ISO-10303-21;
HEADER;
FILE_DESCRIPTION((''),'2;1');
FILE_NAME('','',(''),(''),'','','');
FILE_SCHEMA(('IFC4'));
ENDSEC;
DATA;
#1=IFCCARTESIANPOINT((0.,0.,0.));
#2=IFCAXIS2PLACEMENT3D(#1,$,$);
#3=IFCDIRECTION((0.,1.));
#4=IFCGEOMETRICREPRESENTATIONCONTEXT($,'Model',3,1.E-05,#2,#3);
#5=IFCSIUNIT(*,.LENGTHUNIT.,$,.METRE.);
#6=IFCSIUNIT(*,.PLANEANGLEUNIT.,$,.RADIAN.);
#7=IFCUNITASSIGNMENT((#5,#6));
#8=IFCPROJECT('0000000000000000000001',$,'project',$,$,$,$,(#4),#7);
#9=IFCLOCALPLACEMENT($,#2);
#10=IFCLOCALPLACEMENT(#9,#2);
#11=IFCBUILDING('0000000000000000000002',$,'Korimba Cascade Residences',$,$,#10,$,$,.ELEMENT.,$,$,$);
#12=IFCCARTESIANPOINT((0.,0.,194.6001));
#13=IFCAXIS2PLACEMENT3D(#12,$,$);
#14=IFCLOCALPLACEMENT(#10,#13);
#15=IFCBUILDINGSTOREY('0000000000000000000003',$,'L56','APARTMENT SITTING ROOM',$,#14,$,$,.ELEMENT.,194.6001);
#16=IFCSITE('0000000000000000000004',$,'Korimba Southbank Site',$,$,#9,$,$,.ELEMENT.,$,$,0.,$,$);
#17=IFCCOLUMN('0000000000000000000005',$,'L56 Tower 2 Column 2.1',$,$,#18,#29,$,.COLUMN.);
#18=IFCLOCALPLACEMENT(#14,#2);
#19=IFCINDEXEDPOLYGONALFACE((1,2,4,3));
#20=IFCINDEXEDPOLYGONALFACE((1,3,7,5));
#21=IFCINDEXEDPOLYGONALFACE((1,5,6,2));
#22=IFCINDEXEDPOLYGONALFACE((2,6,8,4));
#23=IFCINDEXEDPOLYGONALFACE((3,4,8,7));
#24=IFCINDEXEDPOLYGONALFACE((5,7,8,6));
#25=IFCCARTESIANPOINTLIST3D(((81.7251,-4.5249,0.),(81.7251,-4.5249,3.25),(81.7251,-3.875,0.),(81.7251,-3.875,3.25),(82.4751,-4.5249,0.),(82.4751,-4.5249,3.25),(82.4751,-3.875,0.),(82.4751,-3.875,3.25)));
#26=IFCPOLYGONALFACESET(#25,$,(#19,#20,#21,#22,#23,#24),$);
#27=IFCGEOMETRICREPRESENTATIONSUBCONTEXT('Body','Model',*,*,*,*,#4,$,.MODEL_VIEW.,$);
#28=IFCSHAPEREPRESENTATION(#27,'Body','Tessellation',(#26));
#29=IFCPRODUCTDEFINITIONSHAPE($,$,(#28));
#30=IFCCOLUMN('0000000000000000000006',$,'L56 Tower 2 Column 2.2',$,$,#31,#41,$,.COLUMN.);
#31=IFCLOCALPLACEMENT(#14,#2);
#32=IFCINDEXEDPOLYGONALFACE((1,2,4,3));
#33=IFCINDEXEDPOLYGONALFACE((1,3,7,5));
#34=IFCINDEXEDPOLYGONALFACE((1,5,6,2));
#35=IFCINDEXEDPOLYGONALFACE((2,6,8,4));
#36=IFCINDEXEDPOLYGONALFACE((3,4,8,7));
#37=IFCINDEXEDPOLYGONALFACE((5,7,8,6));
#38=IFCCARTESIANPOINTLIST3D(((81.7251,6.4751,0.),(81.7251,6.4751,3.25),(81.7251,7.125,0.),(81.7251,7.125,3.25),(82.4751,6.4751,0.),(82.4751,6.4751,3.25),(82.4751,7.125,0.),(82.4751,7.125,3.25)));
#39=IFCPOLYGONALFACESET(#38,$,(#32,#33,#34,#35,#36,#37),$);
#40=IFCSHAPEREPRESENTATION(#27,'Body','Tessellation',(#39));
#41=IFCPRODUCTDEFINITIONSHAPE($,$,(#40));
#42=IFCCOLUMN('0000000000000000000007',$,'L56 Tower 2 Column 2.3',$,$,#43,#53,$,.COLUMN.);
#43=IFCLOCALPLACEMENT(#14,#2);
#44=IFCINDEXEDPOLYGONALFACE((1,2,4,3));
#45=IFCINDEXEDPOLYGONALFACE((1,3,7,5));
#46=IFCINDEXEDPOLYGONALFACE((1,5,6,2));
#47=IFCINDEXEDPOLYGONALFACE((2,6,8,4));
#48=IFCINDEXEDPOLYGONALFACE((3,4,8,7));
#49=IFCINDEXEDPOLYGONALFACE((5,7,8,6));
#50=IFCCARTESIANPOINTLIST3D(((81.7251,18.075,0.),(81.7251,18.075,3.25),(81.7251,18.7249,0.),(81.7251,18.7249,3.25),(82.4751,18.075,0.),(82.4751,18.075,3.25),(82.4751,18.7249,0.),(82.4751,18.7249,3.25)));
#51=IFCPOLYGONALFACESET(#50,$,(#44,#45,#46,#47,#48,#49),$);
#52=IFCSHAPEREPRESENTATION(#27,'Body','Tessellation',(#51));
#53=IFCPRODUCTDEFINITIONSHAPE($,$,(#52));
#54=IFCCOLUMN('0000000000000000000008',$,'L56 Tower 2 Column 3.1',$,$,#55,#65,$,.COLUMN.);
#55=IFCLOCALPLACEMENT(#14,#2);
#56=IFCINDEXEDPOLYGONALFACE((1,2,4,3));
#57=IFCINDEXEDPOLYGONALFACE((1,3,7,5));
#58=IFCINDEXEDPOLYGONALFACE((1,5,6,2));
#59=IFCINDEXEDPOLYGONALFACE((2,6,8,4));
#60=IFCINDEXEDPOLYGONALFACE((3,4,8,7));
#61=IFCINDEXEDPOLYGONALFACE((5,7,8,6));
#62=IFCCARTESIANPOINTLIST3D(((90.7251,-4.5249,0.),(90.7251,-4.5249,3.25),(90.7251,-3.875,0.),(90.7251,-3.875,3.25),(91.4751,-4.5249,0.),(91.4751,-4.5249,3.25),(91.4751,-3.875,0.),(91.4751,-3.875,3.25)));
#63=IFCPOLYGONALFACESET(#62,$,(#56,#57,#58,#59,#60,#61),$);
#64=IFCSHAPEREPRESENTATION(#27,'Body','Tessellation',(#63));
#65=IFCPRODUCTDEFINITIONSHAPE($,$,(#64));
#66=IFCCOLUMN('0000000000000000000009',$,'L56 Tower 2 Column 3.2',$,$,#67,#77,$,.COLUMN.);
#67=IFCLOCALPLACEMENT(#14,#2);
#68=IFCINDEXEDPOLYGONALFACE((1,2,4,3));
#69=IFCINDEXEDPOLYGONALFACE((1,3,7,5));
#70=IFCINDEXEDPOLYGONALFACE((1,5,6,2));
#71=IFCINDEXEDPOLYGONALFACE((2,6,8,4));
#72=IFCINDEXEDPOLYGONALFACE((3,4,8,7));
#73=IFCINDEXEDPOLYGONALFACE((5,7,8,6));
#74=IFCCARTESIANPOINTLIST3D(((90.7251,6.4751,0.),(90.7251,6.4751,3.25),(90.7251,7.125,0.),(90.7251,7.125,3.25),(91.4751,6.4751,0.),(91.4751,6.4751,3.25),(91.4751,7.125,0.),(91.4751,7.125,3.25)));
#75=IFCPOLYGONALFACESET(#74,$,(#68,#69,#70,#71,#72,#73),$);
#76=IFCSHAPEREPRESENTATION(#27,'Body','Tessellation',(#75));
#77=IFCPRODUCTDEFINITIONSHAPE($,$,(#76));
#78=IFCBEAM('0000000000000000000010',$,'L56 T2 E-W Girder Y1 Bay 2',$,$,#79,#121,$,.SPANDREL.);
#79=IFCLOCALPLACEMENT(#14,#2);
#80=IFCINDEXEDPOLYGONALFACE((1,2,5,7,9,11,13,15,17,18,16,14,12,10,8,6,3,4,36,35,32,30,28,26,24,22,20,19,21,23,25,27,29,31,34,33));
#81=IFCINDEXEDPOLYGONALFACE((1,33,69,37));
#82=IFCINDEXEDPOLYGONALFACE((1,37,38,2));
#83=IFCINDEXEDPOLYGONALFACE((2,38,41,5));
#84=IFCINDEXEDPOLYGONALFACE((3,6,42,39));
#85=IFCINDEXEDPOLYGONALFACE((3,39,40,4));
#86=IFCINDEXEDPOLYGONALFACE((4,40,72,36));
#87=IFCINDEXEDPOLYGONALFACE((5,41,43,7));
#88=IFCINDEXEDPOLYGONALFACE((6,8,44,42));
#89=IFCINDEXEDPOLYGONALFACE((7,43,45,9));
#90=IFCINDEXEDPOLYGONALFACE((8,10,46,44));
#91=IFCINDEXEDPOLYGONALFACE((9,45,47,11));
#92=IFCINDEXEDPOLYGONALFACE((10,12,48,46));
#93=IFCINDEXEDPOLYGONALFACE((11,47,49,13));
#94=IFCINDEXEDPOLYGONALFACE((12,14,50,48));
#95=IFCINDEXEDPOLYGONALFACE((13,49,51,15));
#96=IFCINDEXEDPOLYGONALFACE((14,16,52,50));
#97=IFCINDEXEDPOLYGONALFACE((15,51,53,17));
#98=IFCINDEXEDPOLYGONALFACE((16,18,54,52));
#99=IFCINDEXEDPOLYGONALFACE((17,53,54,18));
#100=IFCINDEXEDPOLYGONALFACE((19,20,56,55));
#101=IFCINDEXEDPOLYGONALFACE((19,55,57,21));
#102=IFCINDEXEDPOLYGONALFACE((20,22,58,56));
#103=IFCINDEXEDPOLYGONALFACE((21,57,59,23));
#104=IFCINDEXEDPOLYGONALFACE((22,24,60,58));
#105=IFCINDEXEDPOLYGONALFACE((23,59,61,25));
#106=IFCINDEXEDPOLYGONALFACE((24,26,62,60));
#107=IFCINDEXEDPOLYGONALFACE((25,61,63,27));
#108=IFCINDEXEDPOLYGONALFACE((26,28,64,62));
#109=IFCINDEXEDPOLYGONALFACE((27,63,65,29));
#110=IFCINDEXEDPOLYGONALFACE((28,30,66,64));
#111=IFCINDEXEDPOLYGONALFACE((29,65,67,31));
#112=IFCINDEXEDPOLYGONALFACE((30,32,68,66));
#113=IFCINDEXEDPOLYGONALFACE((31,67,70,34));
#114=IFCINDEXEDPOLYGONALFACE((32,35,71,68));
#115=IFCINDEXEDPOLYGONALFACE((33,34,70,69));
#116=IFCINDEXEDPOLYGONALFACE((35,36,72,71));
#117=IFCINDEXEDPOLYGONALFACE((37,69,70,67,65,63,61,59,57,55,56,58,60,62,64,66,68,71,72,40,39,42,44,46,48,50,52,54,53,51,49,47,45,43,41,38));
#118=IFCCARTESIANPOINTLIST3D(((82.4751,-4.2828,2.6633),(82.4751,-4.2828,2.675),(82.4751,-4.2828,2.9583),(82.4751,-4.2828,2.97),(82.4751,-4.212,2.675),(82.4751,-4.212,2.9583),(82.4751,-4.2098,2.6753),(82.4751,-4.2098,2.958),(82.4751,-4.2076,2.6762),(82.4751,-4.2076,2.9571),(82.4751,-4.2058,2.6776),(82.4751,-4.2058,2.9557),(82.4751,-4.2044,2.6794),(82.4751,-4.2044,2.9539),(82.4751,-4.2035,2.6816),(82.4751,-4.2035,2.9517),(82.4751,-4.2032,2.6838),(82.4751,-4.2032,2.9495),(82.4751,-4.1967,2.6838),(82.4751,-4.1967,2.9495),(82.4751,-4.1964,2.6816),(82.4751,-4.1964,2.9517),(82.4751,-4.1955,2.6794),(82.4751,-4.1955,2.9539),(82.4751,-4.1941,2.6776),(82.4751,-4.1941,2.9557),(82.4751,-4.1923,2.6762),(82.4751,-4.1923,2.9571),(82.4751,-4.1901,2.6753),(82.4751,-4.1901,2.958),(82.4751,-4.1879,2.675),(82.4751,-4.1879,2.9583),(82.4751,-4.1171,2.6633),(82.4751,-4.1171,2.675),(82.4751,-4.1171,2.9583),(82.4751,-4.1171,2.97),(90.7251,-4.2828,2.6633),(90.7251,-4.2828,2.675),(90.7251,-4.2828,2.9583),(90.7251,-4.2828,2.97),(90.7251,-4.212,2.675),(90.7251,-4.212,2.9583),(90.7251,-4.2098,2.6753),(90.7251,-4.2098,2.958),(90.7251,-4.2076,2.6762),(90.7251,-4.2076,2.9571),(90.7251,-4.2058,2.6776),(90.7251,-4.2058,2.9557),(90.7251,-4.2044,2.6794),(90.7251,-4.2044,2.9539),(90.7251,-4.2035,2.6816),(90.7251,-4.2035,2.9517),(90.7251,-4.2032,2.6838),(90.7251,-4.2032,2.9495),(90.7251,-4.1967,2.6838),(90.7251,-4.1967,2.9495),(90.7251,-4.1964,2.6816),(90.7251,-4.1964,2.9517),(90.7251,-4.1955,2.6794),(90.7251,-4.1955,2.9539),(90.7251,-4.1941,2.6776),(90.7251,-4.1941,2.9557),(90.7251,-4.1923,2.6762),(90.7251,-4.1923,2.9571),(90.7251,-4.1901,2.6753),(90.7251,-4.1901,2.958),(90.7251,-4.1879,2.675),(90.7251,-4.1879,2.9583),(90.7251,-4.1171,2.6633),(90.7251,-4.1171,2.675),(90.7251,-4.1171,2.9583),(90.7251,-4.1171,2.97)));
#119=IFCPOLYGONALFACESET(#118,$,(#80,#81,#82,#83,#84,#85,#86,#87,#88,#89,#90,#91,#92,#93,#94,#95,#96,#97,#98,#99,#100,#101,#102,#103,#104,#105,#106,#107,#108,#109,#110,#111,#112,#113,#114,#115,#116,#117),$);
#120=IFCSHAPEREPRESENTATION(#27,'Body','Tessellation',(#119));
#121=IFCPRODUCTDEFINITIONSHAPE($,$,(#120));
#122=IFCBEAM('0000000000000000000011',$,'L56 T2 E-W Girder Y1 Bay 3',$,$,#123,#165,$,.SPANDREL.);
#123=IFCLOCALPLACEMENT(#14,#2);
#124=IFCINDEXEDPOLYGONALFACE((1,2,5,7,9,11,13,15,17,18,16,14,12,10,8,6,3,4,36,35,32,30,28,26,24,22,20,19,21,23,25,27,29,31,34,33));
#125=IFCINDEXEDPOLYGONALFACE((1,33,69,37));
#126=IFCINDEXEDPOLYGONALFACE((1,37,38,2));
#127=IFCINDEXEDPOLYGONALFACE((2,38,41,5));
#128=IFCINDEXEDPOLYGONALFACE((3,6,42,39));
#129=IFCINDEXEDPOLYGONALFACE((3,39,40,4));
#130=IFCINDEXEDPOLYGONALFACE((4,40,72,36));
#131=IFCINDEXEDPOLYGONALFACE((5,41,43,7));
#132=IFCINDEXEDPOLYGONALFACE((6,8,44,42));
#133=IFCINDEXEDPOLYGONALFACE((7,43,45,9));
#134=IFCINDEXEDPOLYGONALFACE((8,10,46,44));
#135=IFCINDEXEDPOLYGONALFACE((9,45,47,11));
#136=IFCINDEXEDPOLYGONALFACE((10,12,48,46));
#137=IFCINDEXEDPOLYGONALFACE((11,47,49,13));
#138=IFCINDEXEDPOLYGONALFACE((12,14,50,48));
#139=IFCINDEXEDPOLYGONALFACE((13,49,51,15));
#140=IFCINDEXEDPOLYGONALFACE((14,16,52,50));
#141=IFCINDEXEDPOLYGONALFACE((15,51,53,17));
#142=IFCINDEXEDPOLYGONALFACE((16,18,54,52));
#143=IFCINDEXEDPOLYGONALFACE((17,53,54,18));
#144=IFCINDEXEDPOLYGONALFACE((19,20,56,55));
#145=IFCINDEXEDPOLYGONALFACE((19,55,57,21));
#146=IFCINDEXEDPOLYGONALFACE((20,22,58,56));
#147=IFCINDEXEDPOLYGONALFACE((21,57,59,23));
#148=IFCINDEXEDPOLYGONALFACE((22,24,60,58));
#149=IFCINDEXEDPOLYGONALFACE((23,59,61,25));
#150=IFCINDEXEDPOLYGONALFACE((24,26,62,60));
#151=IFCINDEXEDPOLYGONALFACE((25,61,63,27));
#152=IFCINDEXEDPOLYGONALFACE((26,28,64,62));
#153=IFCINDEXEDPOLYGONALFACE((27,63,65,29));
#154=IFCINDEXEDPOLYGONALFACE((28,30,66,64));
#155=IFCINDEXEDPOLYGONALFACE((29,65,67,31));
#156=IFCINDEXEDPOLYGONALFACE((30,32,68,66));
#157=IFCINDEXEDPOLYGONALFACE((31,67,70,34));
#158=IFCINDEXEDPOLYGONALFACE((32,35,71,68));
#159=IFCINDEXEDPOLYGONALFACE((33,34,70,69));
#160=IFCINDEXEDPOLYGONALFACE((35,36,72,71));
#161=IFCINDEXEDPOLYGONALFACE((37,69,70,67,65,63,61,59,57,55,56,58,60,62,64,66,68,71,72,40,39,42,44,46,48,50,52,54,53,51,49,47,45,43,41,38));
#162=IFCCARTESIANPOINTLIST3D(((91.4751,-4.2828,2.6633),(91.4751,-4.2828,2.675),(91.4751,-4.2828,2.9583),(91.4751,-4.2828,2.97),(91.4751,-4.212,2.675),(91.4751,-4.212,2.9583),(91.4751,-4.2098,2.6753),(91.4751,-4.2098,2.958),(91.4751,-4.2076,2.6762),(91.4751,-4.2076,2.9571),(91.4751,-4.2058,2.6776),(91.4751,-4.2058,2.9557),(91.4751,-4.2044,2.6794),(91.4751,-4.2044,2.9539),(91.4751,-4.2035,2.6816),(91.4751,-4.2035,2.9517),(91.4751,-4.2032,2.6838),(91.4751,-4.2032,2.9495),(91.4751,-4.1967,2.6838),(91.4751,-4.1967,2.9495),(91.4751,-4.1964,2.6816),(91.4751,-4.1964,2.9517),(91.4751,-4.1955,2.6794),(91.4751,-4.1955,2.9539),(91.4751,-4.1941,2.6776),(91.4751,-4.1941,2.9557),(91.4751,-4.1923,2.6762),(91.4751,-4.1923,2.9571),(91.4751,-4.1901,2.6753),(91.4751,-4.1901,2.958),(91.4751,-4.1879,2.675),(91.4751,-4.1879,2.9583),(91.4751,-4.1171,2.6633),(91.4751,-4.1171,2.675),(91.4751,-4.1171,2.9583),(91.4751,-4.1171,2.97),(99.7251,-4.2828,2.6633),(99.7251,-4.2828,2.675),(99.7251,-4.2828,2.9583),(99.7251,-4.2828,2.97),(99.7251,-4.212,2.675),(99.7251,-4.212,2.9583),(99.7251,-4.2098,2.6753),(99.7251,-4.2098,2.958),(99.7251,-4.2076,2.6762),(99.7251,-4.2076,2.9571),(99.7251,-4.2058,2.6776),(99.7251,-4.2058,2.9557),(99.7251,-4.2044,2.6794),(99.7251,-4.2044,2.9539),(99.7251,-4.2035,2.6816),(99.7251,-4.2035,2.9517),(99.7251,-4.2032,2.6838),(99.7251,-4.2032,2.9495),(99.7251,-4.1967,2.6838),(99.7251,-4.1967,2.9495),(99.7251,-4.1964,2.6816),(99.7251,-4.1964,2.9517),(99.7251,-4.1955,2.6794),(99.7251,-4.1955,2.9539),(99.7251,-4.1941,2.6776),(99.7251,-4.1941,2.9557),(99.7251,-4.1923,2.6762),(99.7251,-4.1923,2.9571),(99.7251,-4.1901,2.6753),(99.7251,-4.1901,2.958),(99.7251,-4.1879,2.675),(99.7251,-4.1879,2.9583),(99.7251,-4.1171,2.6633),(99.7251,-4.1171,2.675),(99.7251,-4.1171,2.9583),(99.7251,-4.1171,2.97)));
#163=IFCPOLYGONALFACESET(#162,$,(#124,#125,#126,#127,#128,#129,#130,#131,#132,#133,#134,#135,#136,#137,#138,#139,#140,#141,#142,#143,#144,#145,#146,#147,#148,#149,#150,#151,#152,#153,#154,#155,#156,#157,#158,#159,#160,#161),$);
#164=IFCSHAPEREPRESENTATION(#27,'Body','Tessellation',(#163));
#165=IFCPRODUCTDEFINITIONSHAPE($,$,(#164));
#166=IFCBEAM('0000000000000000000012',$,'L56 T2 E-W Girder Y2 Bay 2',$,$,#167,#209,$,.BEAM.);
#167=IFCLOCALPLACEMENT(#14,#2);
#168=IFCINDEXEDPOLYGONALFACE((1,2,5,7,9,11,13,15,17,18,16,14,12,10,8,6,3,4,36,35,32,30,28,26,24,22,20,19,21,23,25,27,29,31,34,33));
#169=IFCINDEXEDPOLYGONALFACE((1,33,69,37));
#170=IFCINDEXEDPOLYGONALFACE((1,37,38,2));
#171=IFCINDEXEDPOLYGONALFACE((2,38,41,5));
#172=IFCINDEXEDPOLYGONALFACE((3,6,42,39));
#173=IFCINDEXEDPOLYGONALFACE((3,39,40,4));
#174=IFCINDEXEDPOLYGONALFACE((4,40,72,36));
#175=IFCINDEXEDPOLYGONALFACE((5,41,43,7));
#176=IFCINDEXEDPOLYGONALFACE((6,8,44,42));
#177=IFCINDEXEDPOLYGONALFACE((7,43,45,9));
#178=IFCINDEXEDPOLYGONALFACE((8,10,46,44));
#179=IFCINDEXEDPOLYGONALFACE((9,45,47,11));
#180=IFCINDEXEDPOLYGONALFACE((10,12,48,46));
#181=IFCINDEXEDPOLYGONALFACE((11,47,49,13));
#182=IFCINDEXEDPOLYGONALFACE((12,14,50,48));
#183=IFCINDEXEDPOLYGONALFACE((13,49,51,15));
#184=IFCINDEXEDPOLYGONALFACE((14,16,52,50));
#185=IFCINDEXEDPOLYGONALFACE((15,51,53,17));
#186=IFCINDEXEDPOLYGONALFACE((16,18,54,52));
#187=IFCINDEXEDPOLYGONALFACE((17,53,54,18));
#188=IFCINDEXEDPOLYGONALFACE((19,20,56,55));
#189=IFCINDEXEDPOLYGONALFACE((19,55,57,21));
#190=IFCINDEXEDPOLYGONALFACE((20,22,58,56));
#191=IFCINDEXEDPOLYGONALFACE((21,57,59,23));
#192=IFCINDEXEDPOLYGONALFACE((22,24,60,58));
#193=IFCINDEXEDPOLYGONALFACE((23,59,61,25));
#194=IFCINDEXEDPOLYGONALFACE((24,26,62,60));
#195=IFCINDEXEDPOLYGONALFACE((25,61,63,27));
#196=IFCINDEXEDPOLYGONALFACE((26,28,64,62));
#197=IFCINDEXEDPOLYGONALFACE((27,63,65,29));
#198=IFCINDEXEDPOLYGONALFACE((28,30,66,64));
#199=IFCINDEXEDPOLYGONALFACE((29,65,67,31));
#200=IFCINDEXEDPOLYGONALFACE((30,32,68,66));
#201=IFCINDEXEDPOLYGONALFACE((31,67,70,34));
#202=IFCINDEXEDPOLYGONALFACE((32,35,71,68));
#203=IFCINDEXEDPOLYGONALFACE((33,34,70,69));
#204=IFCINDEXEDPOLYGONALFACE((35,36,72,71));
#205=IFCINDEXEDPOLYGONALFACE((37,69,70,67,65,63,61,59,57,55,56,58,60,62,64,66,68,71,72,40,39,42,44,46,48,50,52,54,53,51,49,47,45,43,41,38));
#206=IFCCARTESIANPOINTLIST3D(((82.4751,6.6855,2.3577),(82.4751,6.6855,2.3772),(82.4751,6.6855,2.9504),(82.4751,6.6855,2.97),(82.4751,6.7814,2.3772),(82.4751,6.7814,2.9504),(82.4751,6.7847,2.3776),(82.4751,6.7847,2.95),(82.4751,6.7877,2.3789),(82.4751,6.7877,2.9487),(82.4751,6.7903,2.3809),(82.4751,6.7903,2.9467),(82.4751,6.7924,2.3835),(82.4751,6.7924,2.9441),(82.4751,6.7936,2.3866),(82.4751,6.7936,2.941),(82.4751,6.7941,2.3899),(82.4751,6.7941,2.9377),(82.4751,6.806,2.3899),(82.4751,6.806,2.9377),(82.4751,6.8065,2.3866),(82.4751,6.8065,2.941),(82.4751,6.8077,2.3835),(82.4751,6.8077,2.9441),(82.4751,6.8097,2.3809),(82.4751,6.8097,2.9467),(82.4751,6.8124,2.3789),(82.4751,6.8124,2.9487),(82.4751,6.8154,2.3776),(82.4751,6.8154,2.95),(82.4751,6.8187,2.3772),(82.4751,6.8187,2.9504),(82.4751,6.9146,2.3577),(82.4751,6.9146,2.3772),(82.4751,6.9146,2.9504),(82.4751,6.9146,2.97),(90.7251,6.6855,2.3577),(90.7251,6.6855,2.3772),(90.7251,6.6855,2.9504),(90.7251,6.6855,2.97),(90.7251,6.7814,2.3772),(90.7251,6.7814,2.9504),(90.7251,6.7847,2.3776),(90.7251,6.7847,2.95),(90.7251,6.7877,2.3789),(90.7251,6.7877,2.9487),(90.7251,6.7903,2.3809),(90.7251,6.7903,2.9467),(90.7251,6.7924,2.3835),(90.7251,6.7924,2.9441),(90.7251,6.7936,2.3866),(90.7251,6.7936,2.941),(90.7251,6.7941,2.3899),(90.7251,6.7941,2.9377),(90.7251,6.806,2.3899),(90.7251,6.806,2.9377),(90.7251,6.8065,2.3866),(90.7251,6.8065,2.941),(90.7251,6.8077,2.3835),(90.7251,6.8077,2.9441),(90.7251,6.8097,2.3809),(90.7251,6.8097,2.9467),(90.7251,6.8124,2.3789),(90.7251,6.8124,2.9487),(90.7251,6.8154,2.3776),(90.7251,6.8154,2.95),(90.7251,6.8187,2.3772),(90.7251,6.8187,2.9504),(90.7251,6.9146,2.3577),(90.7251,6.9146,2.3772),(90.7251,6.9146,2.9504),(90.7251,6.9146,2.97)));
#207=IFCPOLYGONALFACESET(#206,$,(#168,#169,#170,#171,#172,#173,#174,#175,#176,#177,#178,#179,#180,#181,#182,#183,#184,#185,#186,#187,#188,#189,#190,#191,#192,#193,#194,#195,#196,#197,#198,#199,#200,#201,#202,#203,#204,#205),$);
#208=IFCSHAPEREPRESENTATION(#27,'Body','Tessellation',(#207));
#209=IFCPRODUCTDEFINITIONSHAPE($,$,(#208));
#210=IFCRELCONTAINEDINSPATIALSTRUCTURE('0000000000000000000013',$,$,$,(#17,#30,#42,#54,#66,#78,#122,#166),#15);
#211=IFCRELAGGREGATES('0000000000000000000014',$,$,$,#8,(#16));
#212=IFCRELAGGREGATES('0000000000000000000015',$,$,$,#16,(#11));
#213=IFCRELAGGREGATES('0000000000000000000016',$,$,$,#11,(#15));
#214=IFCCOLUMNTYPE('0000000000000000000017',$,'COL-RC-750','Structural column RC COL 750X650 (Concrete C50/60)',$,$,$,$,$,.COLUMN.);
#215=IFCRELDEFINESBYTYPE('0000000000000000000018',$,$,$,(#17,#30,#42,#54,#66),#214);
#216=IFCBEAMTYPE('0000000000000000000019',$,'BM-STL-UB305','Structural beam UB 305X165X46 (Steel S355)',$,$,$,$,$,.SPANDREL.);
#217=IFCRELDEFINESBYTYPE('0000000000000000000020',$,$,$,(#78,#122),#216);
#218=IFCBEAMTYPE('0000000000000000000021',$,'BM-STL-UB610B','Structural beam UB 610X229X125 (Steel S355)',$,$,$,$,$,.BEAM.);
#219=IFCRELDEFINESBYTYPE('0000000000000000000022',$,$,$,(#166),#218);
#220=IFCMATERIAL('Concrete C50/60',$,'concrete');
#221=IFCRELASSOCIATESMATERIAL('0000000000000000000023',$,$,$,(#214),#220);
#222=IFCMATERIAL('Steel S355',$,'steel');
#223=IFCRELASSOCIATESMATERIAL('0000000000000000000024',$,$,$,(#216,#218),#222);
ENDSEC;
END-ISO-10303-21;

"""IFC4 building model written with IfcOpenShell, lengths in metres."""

from ifc_helpers import new_model, si_unit, direction, frame, origin, origin_2d, place, context, subcontext, project, spatial, rectangle, i_section, extrude, material, material_profile, profile_set, type_object, element, save


model = new_model("IFC4")

# Units and contexts
model_context = context("Model", 3, precision=1e-05, world=origin(), true_north=direction((0.0, 1.0)))
body_context = subcontext(model_context, "Body", "Model", "MODEL_VIEW")
ifc_project = project(units=[si_unit("LENGTHUNIT", "METRE"), si_unit("PLANEANGLEUNIT", "RADIAN")], contexts=[model_context])

# Site, building, storey
site_placement = place(None, origin())
site = spatial("IfcSite", under=ifc_project, at=site_placement, Name="Korimba Southbank Site", CompositionType="ELEMENT", RefElevation=0.0)
building_placement = place(site_placement, origin())
building = spatial("IfcBuilding", under=site, at=building_placement, Name="Korimba Cascade Residences", CompositionType="ELEMENT")
storey_placement = place(building_placement, frame((0.0, 0.0, 194.6001)))
storey = spatial("IfcBuildingStorey", under=building, at=storey_placement, Name="L56", Description="APARTMENT SITTING ROOM", CompositionType="ELEMENT", Elevation=194.6001)

# Columns
ifc_material_1 = material(Name="Concrete C50/60", Category="concrete")
ifc_material_profile_1 = material_profile(ifc_material_1, rectangle(XDim=0.75, YDim=0.6499, at=origin_2d()), Name="Concrete C50/60")
ifc_profile_set_1 = profile_set([ifc_material_profile_1], Name="Concrete C50/60")
column_type = type_object("IfcColumnType", Name="COL-RC-750", Description="Structural column RC COL 750X650 (Concrete C50/60)", PredefinedType="COLUMN", material=ifc_profile_set_1)
for number, where, z_axis, x_axis, name in (
    (1, (82.1001, -4.2, 0.0), (0.0, 0.0, 1.0), (1.0, 0.0, 0.0), "L56 Tower 2 Column 2.1"),
    (2, (82.1001, 6.8, 0.0), (0.0, 0.0, 1.0), (1.0, 0.0, 0.0), "L56 Tower 2 Column 2.2"),
    (3, (82.1001, 18.3999, 0.0), (0.0, 0.0, 1.0), (1.0, 0.0, 0.0), "L56 Tower 2 Column 2.3"),
    (4, (91.1001, -4.2, 0.0), (0.0, 0.0, 1.0), (1.0, 0.0, 0.0), "L56 Tower 2 Column 3.1"),
    (5, (91.1001, 6.8, 0.0), (0.0, 0.0, 1.0), (1.0, 0.0, 0.0), "L56 Tower 2 Column 3.2"),
):
    element("IfcColumn", number, at=place(storey_placement, frame(where, z_axis=z_axis, x_axis=x_axis)), inside=storey, type_object=column_type, Name=name, PredefinedType="COLUMN", context=body_context, shape_type="SweptSolid", body=[
        extrude(rectangle(XDim=0.75, YDim=0.6499, at=origin_2d()), origin(), (0.0, 0.0, 1.0), 3.25),
    ])

# Beams
ifc_material_2 = material(Name="Steel S355", Category="steel")
ifc_material_profile_2 = material_profile(ifc_material_2, i_section(OverallWidth=0.1658, OverallDepth=0.3066, WebThickness=0.0066, FlangeThickness=0.0117, FilletRadius=0.0088, at=origin_2d()), Name="Steel S355")
ifc_profile_set_2 = profile_set([ifc_material_profile_2], Name="Steel S355")
beam_type_1 = type_object("IfcBeamType", Name="BM-STL-UB305", Description="Structural beam UB 305X165X46 (Steel S355)", PredefinedType="SPANDREL", material=ifc_profile_set_2)
for number, where, z_axis, x_axis, name in (
    (6, (82.4751, -4.2, 2.8167), (1.0, 0.0, 0.0), (0.0, 1.0, 0.0), "L56 T2 E-W Girder Y1 Bay 2"),
    (7, (91.4751, -4.2, 2.8167), (1.0, 0.0, 0.0), (0.0, 1.0, 0.0), "L56 T2 E-W Girder Y1 Bay 3"),
):
    element("IfcBeam", number, at=place(storey_placement, frame(where, z_axis=z_axis, x_axis=x_axis)), inside=storey, type_object=beam_type_1, Name=name, PredefinedType="SPANDREL", context=body_context, shape_type="SweptSolid", body=[
        extrude(i_section(OverallWidth=0.1658, OverallDepth=0.3066, WebThickness=0.0066, FlangeThickness=0.0117, FilletRadius=0.0088, at=origin_2d()), origin(), (0.0, 0.0, 1.0), 8.25),
    ])
ifc_material_profile_3 = material_profile(ifc_material_2, i_section(OverallWidth=0.229, OverallDepth=0.6123, WebThickness=0.012, FlangeThickness=0.0195, FilletRadius=0.0127, at=origin_2d()), Name="Steel S355")
ifc_profile_set_3 = profile_set([ifc_material_profile_3], Name="Steel S355")
beam_type_2 = type_object("IfcBeamType", Name="BM-STL-UB610B", Description="Structural beam UB 610X229X125 (Steel S355)", PredefinedType="BEAM", material=ifc_profile_set_3)
for number, where, z_axis, x_axis, name in (
    (8, (82.4751, 6.8, 2.6638), (1.0, 0.0, 0.0), (0.0, 1.0, 0.0), "L56 T2 E-W Girder Y2 Bay 2"),
):
    element("IfcBeam", number, at=place(storey_placement, frame(where, z_axis=z_axis, x_axis=x_axis)), inside=storey, type_object=beam_type_2, Name=name, PredefinedType="BEAM", context=body_context, shape_type="SweptSolid", body=[
        extrude(i_section(OverallWidth=0.229, OverallDepth=0.6123, WebThickness=0.012, FlangeThickness=0.0195, FilletRadius=0.0127, at=origin_2d()), origin(), (0.0, 0.0, 1.0), 8.25),
    ])

save(model, "model.ifc")
